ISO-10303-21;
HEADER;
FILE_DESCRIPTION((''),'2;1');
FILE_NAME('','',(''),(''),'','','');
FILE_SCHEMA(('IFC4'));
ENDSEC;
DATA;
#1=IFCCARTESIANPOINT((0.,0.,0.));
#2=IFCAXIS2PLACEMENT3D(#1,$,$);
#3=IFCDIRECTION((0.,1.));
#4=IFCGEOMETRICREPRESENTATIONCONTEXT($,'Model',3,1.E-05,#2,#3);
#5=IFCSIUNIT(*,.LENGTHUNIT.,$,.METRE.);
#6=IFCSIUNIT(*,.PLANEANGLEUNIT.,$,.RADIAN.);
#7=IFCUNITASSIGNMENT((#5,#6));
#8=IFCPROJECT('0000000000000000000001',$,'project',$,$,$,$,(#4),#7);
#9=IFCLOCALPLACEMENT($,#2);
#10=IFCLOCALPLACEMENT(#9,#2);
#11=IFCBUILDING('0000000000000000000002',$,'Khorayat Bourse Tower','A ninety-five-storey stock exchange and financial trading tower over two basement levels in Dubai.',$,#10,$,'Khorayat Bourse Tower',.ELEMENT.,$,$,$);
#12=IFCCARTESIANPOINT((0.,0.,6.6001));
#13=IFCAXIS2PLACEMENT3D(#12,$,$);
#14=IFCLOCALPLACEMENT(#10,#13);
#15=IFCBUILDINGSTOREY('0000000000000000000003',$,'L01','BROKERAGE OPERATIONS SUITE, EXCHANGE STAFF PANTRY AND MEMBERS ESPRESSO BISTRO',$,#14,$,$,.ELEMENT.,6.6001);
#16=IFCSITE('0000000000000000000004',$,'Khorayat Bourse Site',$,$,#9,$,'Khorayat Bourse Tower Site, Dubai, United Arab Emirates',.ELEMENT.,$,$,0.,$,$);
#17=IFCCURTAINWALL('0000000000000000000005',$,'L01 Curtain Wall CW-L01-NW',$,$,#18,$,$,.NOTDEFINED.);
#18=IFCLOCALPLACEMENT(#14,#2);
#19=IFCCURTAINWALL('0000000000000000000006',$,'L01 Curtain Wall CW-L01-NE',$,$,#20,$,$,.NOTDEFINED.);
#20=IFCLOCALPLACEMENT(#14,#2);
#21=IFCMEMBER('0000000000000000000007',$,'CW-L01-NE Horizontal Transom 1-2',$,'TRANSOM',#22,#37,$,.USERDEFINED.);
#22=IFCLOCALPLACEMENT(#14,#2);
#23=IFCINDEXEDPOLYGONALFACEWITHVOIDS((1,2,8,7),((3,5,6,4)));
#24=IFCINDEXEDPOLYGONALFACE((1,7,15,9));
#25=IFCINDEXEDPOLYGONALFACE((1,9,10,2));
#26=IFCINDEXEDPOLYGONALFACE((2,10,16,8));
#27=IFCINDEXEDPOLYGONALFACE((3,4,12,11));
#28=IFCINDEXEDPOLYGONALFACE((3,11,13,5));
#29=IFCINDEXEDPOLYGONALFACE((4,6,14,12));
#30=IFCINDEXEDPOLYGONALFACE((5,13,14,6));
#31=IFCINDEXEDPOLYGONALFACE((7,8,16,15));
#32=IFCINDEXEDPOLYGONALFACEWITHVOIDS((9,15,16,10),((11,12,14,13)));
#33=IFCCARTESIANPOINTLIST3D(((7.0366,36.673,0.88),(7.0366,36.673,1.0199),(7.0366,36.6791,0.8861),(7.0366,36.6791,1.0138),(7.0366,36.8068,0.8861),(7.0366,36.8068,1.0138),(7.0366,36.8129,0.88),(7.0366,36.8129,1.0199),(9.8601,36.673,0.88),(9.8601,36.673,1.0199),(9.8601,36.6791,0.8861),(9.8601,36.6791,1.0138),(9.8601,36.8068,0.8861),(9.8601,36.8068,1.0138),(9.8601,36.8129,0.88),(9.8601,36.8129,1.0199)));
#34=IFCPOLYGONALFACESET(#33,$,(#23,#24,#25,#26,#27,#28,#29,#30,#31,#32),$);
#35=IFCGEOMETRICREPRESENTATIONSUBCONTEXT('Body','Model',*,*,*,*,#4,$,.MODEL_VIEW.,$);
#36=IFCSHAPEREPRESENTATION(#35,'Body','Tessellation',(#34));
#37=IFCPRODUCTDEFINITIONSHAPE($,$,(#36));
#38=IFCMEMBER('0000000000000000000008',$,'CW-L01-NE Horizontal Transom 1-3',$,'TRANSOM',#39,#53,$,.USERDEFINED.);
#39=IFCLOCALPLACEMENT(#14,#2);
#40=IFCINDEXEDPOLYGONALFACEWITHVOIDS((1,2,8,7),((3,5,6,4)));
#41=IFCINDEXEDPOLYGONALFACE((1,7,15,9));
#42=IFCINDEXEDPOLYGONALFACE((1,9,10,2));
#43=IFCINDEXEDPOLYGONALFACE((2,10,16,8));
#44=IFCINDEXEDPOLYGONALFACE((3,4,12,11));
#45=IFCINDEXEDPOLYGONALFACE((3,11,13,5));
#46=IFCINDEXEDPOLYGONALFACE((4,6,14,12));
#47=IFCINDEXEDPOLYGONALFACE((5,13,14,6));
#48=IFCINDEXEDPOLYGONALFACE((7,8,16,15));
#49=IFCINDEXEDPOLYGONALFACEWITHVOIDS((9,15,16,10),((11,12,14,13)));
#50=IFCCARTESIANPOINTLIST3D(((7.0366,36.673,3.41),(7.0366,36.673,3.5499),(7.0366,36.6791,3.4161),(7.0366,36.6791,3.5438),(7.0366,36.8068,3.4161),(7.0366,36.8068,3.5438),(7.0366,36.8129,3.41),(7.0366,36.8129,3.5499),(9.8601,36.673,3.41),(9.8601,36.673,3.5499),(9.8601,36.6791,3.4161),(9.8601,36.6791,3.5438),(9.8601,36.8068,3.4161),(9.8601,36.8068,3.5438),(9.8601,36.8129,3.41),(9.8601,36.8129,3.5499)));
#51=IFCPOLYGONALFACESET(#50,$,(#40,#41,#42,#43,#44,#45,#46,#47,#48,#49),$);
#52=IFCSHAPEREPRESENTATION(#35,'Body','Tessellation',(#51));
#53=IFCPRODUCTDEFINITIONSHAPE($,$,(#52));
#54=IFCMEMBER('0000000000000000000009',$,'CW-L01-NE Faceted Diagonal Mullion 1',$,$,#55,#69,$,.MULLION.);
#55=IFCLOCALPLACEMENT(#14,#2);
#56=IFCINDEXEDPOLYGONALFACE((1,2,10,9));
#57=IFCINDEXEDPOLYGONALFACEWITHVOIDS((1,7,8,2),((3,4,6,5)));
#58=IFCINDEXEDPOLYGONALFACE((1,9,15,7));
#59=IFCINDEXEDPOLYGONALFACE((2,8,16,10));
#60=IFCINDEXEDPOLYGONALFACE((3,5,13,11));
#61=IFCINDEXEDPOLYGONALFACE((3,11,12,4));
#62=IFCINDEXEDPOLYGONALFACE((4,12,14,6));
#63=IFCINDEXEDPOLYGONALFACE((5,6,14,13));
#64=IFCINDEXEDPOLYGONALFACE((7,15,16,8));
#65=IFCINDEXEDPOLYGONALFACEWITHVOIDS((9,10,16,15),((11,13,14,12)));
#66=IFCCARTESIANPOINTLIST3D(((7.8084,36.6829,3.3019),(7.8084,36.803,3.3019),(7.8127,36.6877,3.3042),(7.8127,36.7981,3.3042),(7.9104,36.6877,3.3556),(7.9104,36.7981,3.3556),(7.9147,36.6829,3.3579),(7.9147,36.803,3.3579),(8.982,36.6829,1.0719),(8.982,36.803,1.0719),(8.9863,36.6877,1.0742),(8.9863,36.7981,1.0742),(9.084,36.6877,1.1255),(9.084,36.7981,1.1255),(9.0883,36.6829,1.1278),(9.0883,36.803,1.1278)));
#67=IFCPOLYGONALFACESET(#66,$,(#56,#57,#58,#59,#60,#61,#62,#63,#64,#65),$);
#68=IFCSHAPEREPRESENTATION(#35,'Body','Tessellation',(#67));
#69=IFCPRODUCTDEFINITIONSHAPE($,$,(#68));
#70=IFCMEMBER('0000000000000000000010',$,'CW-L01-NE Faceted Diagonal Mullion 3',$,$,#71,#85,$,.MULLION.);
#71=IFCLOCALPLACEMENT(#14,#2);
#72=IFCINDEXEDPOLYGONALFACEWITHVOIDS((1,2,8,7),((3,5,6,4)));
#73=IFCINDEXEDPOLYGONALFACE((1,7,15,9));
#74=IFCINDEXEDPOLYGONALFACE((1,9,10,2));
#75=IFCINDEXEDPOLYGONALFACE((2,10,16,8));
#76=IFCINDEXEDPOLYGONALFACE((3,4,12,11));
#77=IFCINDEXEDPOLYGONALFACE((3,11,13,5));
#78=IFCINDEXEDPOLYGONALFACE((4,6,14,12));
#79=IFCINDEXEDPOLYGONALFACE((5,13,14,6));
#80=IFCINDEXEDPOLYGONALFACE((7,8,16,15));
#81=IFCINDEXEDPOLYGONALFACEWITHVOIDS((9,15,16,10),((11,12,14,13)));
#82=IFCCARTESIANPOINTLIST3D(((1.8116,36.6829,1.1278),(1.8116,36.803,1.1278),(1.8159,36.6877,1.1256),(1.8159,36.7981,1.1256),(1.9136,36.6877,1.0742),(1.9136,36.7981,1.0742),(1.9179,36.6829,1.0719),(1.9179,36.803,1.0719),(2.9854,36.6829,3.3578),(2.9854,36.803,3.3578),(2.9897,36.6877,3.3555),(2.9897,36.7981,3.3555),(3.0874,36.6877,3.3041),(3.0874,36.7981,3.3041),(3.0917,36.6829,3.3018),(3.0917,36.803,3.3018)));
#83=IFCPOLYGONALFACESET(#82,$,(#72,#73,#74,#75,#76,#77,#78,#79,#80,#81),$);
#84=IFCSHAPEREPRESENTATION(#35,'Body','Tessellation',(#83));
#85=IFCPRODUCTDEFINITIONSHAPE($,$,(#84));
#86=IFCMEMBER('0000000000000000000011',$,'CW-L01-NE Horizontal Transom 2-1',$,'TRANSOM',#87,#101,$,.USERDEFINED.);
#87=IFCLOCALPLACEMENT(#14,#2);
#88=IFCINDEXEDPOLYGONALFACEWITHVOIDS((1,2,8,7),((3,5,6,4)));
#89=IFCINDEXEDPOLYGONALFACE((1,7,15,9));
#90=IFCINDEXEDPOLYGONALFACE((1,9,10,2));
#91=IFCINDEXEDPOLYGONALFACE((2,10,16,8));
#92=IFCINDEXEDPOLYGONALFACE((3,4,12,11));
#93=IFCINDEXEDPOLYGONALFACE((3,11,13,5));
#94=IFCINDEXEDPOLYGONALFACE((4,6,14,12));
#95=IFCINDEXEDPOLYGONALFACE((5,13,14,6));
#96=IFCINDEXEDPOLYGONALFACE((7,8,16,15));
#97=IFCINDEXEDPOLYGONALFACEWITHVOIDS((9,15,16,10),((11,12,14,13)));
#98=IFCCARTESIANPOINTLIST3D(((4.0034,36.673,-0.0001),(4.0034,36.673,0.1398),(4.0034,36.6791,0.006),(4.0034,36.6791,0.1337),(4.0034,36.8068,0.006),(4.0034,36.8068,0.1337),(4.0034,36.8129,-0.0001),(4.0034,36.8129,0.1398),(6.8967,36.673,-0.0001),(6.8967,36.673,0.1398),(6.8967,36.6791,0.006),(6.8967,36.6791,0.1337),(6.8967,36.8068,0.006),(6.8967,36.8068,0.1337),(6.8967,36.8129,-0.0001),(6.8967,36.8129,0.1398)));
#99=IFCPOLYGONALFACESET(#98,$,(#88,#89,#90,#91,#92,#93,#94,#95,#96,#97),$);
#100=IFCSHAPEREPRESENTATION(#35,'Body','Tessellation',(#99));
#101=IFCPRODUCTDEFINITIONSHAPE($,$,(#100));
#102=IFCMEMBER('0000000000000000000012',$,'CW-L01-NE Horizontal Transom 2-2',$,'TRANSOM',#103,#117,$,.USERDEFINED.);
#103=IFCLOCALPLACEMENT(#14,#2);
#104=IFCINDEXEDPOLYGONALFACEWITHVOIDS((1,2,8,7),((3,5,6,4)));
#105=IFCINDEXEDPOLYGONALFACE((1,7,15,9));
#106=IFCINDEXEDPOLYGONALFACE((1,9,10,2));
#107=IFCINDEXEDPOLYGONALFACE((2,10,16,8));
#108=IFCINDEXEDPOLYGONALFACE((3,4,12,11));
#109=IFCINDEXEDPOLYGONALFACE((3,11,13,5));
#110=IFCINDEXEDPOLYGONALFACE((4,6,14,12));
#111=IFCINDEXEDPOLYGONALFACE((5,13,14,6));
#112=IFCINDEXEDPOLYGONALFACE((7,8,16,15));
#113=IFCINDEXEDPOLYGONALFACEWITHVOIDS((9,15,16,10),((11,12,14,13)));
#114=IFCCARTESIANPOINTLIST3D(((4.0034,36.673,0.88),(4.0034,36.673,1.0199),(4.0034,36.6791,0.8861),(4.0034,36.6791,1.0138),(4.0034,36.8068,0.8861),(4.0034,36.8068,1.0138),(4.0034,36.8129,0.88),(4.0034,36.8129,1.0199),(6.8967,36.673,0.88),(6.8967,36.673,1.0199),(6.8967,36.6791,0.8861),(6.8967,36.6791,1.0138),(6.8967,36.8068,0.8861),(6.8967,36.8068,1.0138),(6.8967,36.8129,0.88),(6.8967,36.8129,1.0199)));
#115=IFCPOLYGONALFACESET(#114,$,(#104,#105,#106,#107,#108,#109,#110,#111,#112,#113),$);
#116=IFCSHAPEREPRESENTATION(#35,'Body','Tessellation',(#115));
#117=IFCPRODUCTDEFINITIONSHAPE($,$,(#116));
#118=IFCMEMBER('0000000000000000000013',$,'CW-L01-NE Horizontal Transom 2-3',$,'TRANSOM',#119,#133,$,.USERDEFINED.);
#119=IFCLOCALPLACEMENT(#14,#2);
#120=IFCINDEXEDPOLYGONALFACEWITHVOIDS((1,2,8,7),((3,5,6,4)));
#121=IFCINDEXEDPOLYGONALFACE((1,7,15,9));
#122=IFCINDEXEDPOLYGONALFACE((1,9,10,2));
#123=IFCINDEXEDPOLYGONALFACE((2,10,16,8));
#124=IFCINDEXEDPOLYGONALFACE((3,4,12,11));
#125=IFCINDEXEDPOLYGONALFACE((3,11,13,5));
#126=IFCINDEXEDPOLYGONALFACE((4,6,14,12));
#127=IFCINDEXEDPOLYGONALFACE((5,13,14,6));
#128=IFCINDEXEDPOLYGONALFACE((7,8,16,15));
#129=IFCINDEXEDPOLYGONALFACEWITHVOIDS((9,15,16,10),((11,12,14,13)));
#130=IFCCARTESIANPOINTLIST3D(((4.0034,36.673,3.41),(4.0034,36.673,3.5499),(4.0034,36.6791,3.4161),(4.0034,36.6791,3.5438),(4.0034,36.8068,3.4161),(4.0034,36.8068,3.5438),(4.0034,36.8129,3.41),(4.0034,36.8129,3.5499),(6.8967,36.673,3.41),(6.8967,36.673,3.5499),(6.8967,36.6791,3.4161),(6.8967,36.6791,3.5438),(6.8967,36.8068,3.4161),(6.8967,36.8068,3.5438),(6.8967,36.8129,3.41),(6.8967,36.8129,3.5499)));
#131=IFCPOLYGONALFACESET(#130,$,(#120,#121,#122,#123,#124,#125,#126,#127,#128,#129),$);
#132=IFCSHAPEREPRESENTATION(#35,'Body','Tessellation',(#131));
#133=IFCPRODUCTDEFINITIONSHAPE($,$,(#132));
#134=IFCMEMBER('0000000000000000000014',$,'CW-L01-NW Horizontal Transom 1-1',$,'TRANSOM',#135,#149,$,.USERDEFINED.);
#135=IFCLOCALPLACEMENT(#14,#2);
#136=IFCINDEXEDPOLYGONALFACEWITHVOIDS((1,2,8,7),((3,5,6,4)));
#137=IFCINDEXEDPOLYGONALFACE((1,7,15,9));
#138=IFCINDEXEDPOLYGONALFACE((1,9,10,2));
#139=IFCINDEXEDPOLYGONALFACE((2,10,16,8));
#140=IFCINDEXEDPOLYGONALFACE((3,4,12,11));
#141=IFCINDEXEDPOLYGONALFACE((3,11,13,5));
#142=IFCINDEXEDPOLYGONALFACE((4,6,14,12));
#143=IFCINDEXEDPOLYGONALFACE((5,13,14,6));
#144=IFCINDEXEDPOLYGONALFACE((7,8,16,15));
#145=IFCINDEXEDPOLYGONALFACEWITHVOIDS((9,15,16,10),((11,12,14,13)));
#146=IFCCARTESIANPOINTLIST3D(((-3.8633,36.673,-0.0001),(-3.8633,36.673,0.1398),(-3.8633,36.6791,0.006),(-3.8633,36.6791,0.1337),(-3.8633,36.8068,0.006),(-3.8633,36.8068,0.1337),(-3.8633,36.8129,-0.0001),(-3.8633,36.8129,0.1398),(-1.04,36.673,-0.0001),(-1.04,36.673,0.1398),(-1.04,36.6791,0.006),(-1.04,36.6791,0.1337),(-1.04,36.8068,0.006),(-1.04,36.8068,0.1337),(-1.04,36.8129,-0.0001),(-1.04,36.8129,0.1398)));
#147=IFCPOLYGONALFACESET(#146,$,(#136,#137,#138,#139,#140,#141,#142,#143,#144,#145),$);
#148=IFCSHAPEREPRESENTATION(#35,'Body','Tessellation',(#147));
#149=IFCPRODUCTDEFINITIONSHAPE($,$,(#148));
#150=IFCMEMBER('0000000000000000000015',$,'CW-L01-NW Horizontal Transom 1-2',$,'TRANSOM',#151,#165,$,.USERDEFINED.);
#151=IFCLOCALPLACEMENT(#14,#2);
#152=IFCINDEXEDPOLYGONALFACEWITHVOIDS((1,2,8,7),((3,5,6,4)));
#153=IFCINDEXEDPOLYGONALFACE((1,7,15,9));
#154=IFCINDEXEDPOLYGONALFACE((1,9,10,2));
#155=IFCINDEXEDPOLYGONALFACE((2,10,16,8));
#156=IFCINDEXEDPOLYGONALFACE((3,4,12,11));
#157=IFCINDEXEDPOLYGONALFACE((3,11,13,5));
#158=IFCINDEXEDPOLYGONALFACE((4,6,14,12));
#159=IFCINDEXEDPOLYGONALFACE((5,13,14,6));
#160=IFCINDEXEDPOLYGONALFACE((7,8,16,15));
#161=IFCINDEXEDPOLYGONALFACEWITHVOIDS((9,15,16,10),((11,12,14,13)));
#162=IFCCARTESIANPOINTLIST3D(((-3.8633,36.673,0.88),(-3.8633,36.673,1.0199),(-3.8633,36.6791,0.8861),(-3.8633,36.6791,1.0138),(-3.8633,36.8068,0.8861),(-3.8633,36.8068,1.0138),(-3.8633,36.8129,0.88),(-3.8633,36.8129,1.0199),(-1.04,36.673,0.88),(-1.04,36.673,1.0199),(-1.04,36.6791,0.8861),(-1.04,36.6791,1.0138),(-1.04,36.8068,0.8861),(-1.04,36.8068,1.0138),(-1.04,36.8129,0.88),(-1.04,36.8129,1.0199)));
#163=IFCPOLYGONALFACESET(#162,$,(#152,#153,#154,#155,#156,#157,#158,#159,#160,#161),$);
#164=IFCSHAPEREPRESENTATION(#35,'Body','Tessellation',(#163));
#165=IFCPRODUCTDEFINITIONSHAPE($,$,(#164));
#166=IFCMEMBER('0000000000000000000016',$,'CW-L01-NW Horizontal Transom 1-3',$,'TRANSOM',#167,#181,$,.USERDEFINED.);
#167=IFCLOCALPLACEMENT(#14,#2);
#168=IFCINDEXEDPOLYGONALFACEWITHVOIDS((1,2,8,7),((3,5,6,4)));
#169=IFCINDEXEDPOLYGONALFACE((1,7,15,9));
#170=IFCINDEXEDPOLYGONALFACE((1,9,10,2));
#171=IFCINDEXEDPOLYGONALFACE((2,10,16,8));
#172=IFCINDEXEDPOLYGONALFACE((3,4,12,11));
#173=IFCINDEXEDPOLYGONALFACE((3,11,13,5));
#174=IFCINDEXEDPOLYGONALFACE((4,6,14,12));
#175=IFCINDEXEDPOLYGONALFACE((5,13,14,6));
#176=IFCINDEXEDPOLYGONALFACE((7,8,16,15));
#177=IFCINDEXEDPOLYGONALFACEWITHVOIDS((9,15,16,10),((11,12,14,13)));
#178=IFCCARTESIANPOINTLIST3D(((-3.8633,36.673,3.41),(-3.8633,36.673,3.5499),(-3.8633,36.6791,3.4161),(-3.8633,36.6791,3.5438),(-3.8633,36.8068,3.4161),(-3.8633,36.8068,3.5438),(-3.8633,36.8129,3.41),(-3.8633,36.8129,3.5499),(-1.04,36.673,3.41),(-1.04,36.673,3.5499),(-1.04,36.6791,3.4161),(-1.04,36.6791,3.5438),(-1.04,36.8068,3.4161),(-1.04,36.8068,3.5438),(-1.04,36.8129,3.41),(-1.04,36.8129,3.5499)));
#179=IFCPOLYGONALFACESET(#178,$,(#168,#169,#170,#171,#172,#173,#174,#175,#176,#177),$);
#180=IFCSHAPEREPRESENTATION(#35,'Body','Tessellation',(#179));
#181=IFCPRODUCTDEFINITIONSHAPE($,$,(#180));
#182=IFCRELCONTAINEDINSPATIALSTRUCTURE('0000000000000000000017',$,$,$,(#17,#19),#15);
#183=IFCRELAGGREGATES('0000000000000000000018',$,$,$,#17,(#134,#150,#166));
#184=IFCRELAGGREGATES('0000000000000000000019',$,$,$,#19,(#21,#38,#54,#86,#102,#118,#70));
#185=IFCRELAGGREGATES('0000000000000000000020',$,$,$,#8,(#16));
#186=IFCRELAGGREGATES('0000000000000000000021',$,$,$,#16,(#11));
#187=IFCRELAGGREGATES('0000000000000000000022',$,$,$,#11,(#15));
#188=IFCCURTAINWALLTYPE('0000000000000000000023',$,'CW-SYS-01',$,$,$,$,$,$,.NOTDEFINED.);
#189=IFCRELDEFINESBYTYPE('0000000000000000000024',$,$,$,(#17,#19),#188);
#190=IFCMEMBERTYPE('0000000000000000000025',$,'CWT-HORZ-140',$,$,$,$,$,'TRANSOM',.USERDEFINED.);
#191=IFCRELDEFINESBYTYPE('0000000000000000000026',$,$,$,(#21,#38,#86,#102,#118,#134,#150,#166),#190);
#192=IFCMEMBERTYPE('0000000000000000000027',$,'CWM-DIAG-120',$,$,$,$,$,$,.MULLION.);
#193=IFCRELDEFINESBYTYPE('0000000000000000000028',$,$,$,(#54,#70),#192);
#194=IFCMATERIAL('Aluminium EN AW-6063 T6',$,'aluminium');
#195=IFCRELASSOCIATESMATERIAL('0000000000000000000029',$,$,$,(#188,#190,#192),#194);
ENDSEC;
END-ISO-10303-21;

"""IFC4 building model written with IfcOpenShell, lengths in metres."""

from ifc_helpers import new_model, si_unit, direction, frame, origin, origin_2d, place, context, subcontext, project, spatial, hollow_rectangle, extrude, source, transform, mapped, material, material_profile, profile_set, type_object, element, aggregate, save


model = new_model("IFC4")

# Units and contexts
model_context = context("Model", 3, precision=1e-05, world=origin(), true_north=direction((0.0, 1.0)))
body_context = subcontext(model_context, "Body", "Model", "MODEL_VIEW")
ifc_project = project(units=[si_unit("LENGTHUNIT", "METRE"), si_unit("PLANEANGLEUNIT", "RADIAN")], contexts=[model_context])

# Site, building, storey
site_placement = place(None, origin())
site = spatial("IfcSite", under=ifc_project, at=site_placement, Name="Khorayat Bourse Site", LongName="Khorayat Bourse Tower Site, Dubai, United Arab Emirates", CompositionType="ELEMENT", RefElevation=0.0)
building_placement = place(site_placement, origin())
building = spatial("IfcBuilding", under=site, at=building_placement, Name="Khorayat Bourse Tower", Description="A ninety-five-storey stock exchange and financial trading tower over two basement levels in Dubai.", LongName="Khorayat Bourse Tower", CompositionType="ELEMENT")
storey_placement = place(building_placement, frame((0.0, 0.0, 6.6001)))
storey = spatial("IfcBuildingStorey", under=building, at=storey_placement, Name="L01", Description="BROKERAGE OPERATIONS SUITE, EXCHANGE STAFF PANTRY AND MEMBERS ESPRESSO BISTRO", CompositionType="ELEMENT", Elevation=6.6001)

# Curtain wall
ifc_material_1 = material(Name="Aluminium EN AW-6063 T6", Category="aluminium")
curtain_wall_type = type_object("IfcCurtainWallType", Name="CW-SYS-01", PredefinedType="NOTDEFINED", material=ifc_material_1)
curtain_wall_1_placement = place(storey_placement, origin())
curtain_wall_1 = element("IfcCurtainWall", 1, at=curtain_wall_1_placement, inside=storey, type_object=curtain_wall_type, Name="L01 Curtain Wall CW-L01-NW", PredefinedType="NOTDEFINED")

# Curtain wall, members
curtain_wall_2_placement = place(storey_placement, origin())
curtain_wall_2 = element("IfcCurtainWall", 2, at=curtain_wall_2_placement, inside=storey, type_object=curtain_wall_type, Name="L01 Curtain Wall CW-L01-NE", PredefinedType="NOTDEFINED")
ifc_material_profile_1 = material_profile(ifc_material_1, hollow_rectangle(XDim=0.1399, YDim=0.1399, WallThickness=0.0061, at=origin_2d()), Name="ALU 140x140x6")
ifc_profile_set_1 = profile_set([ifc_material_profile_1], Name="Aluminium EN AW-6063 T6")
member_type_1 = type_object("IfcMemberType", Name="CWT-HORZ-140", ElementType="TRANSOM", PredefinedType="USERDEFINED", material=ifc_profile_set_1)
shared_shape_1 = source(origin(), body_context, "Body", "SweptSolid", [
    extrude(hollow_rectangle(XDim=0.1399, YDim=0.1399, WallThickness=0.0061, at=origin_2d()), origin(), (0.0, 0.0, 1.0), 2.8235),
])
member_1_placement = place(storey_placement, frame((9.8601, 36.7429, 0.95), z_axis=(-1.0, 0.0, 0.0), x_axis=(0.0, -1.0, 0.0)))
member_1 = element("IfcMember", 3, at=member_1_placement, type_object=member_type_1, Name="CW-L01-NE Horizontal Transom 1-2", ObjectType="TRANSOM", PredefinedType="USERDEFINED", context=body_context, shape_type="MappedRepresentation", body=[
    mapped(shared_shape_1, transform((0.0, 0.0, 0.0), scale=1.0)),
])
member_2_placement = place(storey_placement, frame((9.8601, 36.7429, 3.48), z_axis=(-1.0, 0.0, 0.0), x_axis=(0.0, -1.0, 0.0)))
member_2 = element("IfcMember", 4, at=member_2_placement, type_object=member_type_1, Name="CW-L01-NE Horizontal Transom 1-3", ObjectType="TRANSOM", PredefinedType="USERDEFINED", context=body_context, shape_type="MappedRepresentation", body=[
    mapped(shared_shape_1, transform((0.0, 0.0, 0.0), scale=1.0)),
])
ifc_material_profile_2 = material_profile(ifc_material_1, hollow_rectangle(XDim=0.1201, YDim=0.1201, WallThickness=0.0049, at=origin_2d()), Name="ALU 120x120x5")
ifc_profile_set_2 = profile_set([ifc_material_profile_2], Name="Aluminium EN AW-6063 T6")
member_type_2 = type_object("IfcMemberType", Name="CWM-DIAG-120", PredefinedType="MULLION", material=ifc_profile_set_2)
shared_shape_2 = source(origin(), body_context, "Body", "SweptSolid", [
    extrude(hollow_rectangle(XDim=0.1201, YDim=0.1201, WallThickness=0.0049, at=origin_2d()), origin(), (0.0, 0.0, 1.0), 2.52),
])
member_3_placement = place(storey_placement, frame((9.0352, 36.7429, 1.0999), z_axis=(-0.465718, 0.0, 0.884933), x_axis=(0.0, -1.0, 0.0)))
member_3 = element("IfcMember", 5, at=member_3_placement, type_object=member_type_2, Name="CW-L01-NE Faceted Diagonal Mullion 1", PredefinedType="MULLION", context=body_context, shape_type="MappedRepresentation", body=[
    mapped(shared_shape_2, transform((0.0, 0.0, 0.0), scale=1.0)),
])
member_4_placement = place(storey_placement, frame((1.8647, 36.7429, 1.0999), z_axis=(0.465794, 0.0, 0.884893), x_axis=(0.0, 1.0, 0.0)))
member_4 = element("IfcMember", 6, at=member_4_placement, type_object=member_type_2, Name="CW-L01-NE Faceted Diagonal Mullion 3", PredefinedType="MULLION", context=body_context, shape_type="MappedRepresentation", body=[
    mapped(shared_shape_2, transform((0.0, 0.0, 0.0), scale=1.0)),
])
shared_shape_3 = source(origin(), body_context, "Body", "SweptSolid", [
    extrude(hollow_rectangle(XDim=0.1399, YDim=0.1399, WallThickness=0.0061, at=origin_2d()), origin(), (0.0, 0.0, 1.0), 2.8933),
])
member_5_placement = place(storey_placement, frame((6.8967, 36.7429, 0.0698), z_axis=(-1.0, 0.0, 0.0), x_axis=(0.0, -1.0, 0.0)))
member_5 = element("IfcMember", 7, at=member_5_placement, type_object=member_type_1, Name="CW-L01-NE Horizontal Transom 2-1", ObjectType="TRANSOM", PredefinedType="USERDEFINED", context=body_context, shape_type="MappedRepresentation", body=[
    mapped(shared_shape_3, transform((0.0, 0.0, 0.0), scale=1.0)),
])
member_6_placement = place(storey_placement, frame((6.8967, 36.7429, 0.95), z_axis=(-1.0, 0.0, 0.0), x_axis=(0.0, -1.0, 0.0)))
member_6 = element("IfcMember", 8, at=member_6_placement, type_object=member_type_1, Name="CW-L01-NE Horizontal Transom 2-2", ObjectType="TRANSOM", PredefinedType="USERDEFINED", context=body_context, shape_type="MappedRepresentation", body=[
    mapped(shared_shape_3, transform((0.0, 0.0, 0.0), scale=1.0)),
])
member_7_placement = place(storey_placement, frame((6.8967, 36.7429, 3.48), z_axis=(-1.0, 0.0, 0.0), x_axis=(0.0, -1.0, 0.0)))
member_7 = element("IfcMember", 9, at=member_7_placement, type_object=member_type_1, Name="CW-L01-NE Horizontal Transom 2-3", ObjectType="TRANSOM", PredefinedType="USERDEFINED", context=body_context, shape_type="MappedRepresentation", body=[
    mapped(shared_shape_3, transform((0.0, 0.0, 0.0), scale=1.0)),
])

# Members
shared_shape_4 = source(origin(), body_context, "Body", "SweptSolid", [
    extrude(hollow_rectangle(XDim=0.1399, YDim=0.1399, WallThickness=0.0061, at=origin_2d()), origin(), (0.0, 0.0, 1.0), 2.8232),
])
member_8_placement = place(storey_placement, frame((-1.04, 36.7429, 0.0698), z_axis=(-1.0, 0.0, 0.0), x_axis=(0.0, -1.0, 0.0)))
member_8 = element("IfcMember", 10, at=member_8_placement, type_object=member_type_1, Name="CW-L01-NW Horizontal Transom 1-1", ObjectType="TRANSOM", PredefinedType="USERDEFINED", context=body_context, shape_type="MappedRepresentation", body=[
    mapped(shared_shape_4, transform((0.0, 0.0, 0.0), scale=1.0)),
])
member_9_placement = place(storey_placement, frame((-1.04, 36.7429, 0.95), z_axis=(-1.0, 0.0, 0.0), x_axis=(0.0, -1.0, 0.0)))
member_9 = element("IfcMember", 11, at=member_9_placement, type_object=member_type_1, Name="CW-L01-NW Horizontal Transom 1-2", ObjectType="TRANSOM", PredefinedType="USERDEFINED", context=body_context, shape_type="MappedRepresentation", body=[
    mapped(shared_shape_4, transform((0.0, 0.0, 0.0), scale=1.0)),
])
member_10_placement = place(storey_placement, frame((-1.04, 36.7429, 3.48), z_axis=(-1.0, 0.0, 0.0), x_axis=(0.0, -1.0, 0.0)))
member_10 = element("IfcMember", 12, at=member_10_placement, type_object=member_type_1, Name="CW-L01-NW Horizontal Transom 1-3", ObjectType="TRANSOM", PredefinedType="USERDEFINED", context=body_context, shape_type="MappedRepresentation", body=[
    mapped(shared_shape_4, transform((0.0, 0.0, 0.0), scale=1.0)),
])
aggregate(curtain_wall_1, [member_8, member_9, member_10])

aggregate(curtain_wall_2, [member_1, member_2, member_3, member_5, member_6, member_7, member_4])

save(model, "model.ifc")
